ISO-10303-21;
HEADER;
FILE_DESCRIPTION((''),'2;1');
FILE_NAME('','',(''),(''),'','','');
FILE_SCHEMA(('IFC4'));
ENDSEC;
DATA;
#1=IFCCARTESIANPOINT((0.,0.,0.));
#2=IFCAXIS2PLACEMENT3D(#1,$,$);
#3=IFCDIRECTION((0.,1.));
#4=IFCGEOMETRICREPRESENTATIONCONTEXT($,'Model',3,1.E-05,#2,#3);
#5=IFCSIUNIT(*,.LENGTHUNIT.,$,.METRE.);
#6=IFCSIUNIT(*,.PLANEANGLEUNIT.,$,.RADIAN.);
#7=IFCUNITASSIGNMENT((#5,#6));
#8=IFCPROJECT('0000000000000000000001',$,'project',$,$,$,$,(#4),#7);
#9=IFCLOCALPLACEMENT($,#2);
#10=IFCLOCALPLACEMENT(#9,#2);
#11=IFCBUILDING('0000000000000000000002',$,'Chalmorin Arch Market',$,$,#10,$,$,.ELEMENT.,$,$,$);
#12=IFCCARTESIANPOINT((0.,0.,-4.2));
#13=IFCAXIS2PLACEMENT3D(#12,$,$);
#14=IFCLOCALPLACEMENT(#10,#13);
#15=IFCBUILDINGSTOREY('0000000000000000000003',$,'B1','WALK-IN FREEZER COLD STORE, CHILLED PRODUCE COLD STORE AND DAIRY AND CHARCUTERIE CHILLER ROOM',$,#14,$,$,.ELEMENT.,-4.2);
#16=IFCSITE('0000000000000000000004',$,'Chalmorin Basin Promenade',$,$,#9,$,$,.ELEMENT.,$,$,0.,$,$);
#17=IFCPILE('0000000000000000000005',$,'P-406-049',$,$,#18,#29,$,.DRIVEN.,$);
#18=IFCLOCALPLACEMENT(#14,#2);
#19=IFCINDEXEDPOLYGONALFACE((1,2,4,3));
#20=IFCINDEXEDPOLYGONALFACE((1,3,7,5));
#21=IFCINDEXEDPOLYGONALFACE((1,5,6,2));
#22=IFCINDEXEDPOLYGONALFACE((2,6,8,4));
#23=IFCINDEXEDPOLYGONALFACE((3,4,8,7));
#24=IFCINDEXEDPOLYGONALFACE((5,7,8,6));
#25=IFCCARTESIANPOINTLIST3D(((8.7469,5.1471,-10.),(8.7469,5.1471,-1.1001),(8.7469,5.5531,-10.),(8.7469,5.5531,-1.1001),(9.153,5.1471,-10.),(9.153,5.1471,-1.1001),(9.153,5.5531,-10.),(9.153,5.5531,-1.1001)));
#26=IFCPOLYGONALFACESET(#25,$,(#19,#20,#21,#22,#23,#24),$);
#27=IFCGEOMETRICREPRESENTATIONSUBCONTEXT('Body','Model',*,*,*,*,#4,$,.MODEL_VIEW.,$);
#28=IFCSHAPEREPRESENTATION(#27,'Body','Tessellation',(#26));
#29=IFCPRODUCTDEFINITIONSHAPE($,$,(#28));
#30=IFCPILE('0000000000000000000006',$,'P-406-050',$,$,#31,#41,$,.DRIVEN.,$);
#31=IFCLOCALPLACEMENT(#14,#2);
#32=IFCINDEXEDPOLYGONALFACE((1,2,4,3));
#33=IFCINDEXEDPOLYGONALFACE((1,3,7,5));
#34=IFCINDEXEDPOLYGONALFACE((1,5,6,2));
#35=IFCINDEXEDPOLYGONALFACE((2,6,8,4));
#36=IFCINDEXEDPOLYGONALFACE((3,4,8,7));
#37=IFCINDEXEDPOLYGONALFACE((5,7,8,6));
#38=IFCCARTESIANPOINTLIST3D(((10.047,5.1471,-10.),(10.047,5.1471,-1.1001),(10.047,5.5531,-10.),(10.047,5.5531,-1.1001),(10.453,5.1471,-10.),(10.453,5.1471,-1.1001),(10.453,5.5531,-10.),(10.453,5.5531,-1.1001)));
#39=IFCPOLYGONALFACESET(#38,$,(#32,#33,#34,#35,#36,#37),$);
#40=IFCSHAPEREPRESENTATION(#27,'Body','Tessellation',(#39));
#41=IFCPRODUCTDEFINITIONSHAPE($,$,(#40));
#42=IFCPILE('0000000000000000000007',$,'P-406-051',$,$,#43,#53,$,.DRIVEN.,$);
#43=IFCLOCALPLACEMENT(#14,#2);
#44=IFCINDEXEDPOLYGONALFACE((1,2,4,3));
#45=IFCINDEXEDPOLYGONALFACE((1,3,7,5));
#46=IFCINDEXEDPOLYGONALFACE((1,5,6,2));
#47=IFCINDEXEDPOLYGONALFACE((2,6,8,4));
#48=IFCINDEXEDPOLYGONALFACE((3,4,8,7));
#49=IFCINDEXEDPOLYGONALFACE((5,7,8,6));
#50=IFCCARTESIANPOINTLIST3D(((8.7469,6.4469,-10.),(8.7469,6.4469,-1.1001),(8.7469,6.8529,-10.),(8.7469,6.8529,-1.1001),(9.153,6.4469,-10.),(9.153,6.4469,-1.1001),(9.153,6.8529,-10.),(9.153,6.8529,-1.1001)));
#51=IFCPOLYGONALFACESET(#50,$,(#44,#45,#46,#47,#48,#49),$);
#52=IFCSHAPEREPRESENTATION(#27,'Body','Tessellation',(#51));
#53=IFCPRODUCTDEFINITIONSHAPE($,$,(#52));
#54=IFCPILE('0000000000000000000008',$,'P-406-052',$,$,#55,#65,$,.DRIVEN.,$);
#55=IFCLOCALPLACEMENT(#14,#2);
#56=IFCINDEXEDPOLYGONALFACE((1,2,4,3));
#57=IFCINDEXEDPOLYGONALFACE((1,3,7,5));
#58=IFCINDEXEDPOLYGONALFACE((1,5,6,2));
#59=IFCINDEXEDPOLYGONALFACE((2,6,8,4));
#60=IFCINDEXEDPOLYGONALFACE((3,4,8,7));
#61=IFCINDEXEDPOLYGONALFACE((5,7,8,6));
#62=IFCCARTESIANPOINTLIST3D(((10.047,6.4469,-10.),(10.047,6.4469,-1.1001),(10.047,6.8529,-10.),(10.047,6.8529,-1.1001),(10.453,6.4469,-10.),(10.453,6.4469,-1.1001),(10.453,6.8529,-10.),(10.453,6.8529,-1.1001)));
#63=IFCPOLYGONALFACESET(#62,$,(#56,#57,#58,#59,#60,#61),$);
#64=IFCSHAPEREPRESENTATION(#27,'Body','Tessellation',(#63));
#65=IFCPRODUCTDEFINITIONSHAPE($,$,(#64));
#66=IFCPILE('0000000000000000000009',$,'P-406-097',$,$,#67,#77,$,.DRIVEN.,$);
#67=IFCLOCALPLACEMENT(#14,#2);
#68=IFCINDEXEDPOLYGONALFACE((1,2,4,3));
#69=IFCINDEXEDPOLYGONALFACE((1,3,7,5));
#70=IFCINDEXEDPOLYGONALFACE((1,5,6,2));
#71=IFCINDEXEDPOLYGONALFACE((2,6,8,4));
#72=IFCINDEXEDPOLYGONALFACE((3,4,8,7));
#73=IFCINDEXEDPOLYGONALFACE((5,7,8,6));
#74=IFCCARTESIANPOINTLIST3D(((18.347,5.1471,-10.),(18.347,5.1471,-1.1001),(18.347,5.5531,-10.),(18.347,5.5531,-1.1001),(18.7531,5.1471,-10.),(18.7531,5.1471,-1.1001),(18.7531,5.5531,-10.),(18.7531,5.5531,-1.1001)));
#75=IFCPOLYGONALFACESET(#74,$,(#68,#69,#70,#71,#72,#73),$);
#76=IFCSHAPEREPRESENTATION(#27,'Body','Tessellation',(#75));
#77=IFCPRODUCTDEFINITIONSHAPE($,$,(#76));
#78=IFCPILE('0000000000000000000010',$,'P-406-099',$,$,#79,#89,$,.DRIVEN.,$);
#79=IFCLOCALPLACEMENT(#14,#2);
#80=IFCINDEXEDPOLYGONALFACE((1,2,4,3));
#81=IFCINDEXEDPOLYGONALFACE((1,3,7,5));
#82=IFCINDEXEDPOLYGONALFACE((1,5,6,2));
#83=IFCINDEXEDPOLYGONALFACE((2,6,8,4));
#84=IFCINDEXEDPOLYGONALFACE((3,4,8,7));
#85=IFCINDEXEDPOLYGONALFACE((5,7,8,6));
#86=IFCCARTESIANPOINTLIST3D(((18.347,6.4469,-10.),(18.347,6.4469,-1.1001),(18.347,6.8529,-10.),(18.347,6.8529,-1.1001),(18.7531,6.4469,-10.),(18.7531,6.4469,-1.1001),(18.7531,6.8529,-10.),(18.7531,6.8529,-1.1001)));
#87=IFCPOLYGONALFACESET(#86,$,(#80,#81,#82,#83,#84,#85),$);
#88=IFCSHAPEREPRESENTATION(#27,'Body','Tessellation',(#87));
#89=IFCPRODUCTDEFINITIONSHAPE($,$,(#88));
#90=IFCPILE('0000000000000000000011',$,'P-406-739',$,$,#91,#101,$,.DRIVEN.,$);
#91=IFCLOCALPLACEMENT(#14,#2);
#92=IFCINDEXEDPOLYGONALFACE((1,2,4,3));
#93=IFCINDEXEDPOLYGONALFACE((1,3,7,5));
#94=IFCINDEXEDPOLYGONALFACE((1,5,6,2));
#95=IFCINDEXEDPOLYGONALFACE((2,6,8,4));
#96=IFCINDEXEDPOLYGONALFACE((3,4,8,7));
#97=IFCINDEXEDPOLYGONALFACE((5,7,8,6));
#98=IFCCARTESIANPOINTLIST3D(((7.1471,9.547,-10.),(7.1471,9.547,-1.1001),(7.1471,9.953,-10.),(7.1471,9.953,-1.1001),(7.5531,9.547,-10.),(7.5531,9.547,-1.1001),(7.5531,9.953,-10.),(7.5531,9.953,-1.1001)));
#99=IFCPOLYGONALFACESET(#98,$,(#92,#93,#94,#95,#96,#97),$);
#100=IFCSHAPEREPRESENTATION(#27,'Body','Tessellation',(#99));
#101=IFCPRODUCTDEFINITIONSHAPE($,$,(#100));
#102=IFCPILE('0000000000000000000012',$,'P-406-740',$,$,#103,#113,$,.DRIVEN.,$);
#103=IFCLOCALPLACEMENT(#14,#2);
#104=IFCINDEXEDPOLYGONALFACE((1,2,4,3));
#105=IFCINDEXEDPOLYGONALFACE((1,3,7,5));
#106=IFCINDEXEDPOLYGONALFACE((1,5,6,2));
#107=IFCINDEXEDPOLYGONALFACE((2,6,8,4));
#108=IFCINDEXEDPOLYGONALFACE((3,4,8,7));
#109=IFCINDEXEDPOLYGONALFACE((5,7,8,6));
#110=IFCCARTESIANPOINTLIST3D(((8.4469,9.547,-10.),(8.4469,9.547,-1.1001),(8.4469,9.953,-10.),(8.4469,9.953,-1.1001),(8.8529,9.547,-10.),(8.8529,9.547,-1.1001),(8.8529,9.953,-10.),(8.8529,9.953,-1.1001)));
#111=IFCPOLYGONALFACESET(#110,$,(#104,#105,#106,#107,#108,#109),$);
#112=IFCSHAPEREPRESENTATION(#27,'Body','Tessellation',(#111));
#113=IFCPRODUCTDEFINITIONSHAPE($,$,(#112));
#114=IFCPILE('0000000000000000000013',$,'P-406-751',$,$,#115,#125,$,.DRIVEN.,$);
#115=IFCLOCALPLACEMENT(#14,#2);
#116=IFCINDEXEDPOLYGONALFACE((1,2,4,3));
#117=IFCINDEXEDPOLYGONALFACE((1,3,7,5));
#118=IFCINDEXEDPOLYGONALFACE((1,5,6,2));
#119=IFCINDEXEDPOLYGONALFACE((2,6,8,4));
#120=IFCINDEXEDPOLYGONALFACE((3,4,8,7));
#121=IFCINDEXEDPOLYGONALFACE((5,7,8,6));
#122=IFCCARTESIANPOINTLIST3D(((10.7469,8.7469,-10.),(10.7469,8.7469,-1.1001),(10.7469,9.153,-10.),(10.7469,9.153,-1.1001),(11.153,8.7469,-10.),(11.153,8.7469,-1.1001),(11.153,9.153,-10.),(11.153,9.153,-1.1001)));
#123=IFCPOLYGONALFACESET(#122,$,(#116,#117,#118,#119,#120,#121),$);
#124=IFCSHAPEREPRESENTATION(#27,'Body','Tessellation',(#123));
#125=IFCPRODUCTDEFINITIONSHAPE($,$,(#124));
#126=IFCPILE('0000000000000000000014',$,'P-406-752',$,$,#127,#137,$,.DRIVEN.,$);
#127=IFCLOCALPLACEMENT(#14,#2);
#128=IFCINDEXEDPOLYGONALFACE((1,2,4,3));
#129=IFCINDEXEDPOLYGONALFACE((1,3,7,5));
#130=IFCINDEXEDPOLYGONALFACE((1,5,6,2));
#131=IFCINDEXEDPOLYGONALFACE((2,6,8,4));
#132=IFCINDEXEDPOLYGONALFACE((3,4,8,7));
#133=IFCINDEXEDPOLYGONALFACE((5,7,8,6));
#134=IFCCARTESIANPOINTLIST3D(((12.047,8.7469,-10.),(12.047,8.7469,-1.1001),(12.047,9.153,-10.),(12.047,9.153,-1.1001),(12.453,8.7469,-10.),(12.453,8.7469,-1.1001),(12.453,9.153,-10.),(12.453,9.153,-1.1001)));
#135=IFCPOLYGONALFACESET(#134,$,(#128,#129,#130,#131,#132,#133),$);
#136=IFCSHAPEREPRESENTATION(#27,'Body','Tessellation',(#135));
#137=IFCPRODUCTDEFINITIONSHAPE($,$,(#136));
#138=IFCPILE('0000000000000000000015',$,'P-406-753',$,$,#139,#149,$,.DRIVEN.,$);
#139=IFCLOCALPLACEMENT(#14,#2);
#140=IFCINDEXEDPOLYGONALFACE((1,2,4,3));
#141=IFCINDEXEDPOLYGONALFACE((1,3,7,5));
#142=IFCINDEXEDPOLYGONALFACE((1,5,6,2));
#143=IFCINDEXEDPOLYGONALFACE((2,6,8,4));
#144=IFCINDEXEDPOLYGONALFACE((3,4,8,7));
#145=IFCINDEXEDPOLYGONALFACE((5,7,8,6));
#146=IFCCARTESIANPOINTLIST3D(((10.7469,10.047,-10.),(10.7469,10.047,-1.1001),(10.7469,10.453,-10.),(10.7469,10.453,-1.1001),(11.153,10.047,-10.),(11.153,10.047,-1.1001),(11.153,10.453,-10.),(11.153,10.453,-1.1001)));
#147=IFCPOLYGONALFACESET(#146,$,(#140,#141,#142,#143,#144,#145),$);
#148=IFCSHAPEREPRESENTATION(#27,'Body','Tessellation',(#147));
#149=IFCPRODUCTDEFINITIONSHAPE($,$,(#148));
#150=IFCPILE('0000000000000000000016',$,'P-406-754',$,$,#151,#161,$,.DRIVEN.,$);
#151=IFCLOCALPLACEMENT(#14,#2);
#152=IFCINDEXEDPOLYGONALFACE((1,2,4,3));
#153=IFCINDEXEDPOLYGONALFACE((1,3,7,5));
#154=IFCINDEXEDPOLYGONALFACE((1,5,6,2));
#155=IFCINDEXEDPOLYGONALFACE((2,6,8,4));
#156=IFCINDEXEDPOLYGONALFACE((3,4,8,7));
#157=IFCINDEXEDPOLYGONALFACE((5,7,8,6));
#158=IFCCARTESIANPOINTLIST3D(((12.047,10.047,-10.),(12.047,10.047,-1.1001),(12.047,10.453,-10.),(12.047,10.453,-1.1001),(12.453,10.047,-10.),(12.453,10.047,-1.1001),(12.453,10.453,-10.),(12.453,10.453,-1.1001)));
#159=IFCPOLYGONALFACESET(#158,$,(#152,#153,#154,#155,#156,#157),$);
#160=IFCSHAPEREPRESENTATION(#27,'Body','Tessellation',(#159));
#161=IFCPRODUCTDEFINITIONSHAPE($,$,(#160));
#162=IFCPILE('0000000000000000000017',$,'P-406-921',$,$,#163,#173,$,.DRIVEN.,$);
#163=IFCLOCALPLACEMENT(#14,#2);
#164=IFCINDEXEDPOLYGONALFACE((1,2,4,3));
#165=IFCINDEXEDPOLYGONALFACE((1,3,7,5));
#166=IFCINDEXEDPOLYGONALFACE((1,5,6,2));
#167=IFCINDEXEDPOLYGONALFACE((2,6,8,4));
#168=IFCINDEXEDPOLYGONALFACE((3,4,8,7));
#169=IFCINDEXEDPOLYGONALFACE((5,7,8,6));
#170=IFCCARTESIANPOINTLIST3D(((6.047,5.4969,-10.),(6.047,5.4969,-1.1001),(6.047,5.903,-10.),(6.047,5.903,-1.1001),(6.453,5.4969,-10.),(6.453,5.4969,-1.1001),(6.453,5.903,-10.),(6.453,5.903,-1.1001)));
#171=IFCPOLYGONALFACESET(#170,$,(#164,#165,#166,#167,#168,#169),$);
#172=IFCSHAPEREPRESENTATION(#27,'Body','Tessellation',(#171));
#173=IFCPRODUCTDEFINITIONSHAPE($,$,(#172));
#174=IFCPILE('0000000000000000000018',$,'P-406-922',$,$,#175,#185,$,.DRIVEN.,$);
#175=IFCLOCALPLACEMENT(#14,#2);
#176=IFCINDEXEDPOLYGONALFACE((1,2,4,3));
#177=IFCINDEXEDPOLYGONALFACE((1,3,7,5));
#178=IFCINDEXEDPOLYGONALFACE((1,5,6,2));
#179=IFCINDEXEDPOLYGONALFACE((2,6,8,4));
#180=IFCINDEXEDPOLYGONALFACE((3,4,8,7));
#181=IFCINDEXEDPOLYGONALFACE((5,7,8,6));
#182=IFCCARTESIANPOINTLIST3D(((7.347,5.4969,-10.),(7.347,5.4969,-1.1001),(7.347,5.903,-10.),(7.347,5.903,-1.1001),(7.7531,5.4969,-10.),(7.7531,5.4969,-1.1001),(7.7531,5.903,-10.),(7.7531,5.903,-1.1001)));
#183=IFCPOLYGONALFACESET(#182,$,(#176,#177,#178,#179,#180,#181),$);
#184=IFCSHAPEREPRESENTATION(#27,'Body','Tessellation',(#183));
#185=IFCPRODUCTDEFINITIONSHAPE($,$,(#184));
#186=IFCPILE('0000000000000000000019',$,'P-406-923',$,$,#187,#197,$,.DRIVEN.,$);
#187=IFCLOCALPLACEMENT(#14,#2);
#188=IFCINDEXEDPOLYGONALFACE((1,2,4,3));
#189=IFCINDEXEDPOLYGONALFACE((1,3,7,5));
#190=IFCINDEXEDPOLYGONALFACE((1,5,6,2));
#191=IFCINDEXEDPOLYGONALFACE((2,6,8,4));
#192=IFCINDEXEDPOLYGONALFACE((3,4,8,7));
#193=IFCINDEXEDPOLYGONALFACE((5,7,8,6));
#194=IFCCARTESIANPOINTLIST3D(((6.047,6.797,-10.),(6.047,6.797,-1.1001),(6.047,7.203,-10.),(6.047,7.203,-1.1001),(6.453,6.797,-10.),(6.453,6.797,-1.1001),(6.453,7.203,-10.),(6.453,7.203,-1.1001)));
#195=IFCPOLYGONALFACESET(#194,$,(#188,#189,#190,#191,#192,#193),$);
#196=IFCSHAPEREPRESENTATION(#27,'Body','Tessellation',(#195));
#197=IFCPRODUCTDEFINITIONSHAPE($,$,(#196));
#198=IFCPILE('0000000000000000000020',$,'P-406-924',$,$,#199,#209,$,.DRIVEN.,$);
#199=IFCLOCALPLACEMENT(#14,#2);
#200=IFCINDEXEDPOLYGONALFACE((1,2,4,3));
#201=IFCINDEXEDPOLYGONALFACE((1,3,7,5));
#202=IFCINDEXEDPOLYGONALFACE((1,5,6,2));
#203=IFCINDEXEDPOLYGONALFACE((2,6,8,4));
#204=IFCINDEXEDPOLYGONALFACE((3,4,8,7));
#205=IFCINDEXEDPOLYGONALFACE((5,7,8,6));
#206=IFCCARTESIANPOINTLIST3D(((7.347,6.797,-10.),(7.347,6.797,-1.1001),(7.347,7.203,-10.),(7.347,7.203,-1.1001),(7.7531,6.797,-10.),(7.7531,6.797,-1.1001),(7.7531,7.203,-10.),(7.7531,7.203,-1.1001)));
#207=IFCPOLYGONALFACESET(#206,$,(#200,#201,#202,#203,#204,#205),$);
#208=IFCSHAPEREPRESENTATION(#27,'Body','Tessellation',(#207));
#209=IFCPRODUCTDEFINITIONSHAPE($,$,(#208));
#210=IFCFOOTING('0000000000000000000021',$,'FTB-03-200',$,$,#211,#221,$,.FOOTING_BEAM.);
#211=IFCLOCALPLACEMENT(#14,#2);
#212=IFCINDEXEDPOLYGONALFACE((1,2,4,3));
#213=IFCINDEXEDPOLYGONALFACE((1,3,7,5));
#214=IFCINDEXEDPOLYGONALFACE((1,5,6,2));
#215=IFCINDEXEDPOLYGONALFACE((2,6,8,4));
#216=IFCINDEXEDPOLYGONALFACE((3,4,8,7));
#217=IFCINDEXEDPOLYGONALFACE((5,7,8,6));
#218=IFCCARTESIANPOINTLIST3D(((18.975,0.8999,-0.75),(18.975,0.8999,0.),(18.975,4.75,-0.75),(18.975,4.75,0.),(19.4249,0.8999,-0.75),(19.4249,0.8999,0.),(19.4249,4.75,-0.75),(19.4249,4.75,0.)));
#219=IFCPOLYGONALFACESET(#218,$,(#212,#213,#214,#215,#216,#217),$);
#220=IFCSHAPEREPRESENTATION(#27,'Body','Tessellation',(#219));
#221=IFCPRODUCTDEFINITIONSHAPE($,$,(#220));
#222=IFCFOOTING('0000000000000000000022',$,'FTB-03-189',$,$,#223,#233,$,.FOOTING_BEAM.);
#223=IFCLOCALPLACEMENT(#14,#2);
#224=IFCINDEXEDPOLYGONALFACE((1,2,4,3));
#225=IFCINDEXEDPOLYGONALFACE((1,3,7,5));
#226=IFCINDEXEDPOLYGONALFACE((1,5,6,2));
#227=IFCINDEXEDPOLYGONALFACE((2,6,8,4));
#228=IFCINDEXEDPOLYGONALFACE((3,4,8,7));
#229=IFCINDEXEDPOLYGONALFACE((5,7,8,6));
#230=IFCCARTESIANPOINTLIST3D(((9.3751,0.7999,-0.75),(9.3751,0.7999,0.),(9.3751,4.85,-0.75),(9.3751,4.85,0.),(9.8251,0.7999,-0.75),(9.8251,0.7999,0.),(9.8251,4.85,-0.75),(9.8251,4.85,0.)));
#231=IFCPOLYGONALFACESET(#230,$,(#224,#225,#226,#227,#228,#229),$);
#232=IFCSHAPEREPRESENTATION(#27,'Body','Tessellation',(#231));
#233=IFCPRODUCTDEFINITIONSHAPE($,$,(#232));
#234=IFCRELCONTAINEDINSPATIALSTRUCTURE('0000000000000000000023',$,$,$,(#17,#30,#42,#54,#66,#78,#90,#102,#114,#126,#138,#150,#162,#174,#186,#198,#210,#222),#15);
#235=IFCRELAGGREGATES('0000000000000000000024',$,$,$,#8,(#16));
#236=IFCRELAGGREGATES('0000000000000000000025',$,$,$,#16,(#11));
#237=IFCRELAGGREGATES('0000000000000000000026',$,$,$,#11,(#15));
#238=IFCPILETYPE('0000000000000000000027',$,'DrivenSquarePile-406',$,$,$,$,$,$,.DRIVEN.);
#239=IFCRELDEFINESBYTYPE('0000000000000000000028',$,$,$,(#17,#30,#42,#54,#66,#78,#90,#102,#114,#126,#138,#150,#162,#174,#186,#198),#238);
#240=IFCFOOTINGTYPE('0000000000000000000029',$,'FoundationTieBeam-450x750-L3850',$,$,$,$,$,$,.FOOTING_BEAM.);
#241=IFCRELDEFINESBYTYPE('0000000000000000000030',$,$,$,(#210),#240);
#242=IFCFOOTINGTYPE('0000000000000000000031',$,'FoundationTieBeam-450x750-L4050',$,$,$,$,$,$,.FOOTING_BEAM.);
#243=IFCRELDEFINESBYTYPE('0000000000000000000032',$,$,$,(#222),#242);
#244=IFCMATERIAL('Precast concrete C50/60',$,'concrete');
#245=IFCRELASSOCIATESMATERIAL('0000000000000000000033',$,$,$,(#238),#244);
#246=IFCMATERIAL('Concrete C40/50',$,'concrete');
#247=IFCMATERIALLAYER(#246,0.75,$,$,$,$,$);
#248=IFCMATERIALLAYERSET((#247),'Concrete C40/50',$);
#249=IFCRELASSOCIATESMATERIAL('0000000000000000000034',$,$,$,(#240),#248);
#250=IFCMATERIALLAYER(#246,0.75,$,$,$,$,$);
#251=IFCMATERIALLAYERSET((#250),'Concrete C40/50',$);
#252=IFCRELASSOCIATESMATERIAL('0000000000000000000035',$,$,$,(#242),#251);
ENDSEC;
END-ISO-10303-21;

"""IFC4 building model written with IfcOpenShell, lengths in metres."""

from ifc_helpers import new_model, si_unit, direction, frame, origin, origin_2d, place, context, subcontext, project, spatial, rectangle, extrude, material, layer, layer_set, material_profile, profile_set, type_object, element, save


model = new_model("IFC4")

# Units and contexts
model_context = context("Model", 3, precision=1e-05, world=origin(), true_north=direction((0.0, 1.0)))
body_context = subcontext(model_context, "Body", "Model", "MODEL_VIEW")
ifc_project = project(units=[si_unit("LENGTHUNIT", "METRE"), si_unit("PLANEANGLEUNIT", "RADIAN")], contexts=[model_context])

# Site, building, storey
site_placement = place(None, origin())
site = spatial("IfcSite", under=ifc_project, at=site_placement, Name="Chalmorin Basin Promenade", CompositionType="ELEMENT", RefElevation=0.0)
building_placement = place(site_placement, origin())
building = spatial("IfcBuilding", under=site, at=building_placement, Name="Chalmorin Arch Market", CompositionType="ELEMENT")
storey_placement = place(building_placement, frame((0.0, 0.0, -4.2)))
storey = spatial("IfcBuildingStorey", under=building, at=storey_placement, Name="B1", Description="WALK-IN FREEZER COLD STORE, CHILLED PRODUCE COLD STORE AND DAIRY AND CHARCUTERIE CHILLER ROOM", CompositionType="ELEMENT", Elevation=-4.2)

# Piles
ifc_material_1 = material(Name="Precast concrete C50/60", Category="concrete")
ifc_material_profile_1 = material_profile(ifc_material_1, rectangle(XDim=0.406, YDim=0.406, at=origin_2d()), Name="PPC406")
ifc_profile_set_1 = profile_set([ifc_material_profile_1], Name="Precast concrete C50/60")
pile_type = type_object("IfcPileType", Name="DrivenSquarePile-406", PredefinedType="DRIVEN", material=ifc_profile_set_1)
for number, where, z_axis, x_axis, name in (
    (1, (8.95, 5.3501, -1.1001), (0.0, 0.0, -1.0), (1.0, 0.0, 0.0), "P-406-049"),
    (2, (10.25, 5.3501, -1.1001), (0.0, 0.0, -1.0), (1.0, 0.0, 0.0), "P-406-050"),
    (3, (8.95, 6.6499, -1.1001), (0.0, 0.0, -1.0), (1.0, 0.0, 0.0), "P-406-051"),
    (4, (10.25, 6.6499, -1.1001), (0.0, 0.0, -1.0), (1.0, 0.0, 0.0), "P-406-052"),
    (5, (18.55, 5.3501, -1.1001), (0.0, 0.0, -1.0), (1.0, 0.0, 0.0), "P-406-097"),
    (6, (18.55, 6.6499, -1.1001), (0.0, 0.0, -1.0), (1.0, 0.0, 0.0), "P-406-099"),
    (7, (7.3501, 9.75, -1.1001), (0.0, 0.0, -1.0), (1.0, 0.0, 0.0), "P-406-739"),
    (8, (8.6499, 9.75, -1.1001), (0.0, 0.0, -1.0), (1.0, 0.0, 0.0), "P-406-740"),
    (9, (10.95, 8.95, -1.1001), (0.0, 0.0, -1.0), (1.0, 0.0, 0.0), "P-406-751"),
    (10, (12.25, 8.95, -1.1001), (0.0, 0.0, -1.0), (1.0, 0.0, 0.0), "P-406-752"),
    (11, (10.95, 10.25, -1.1001), (0.0, 0.0, -1.0), (1.0, 0.0, 0.0), "P-406-753"),
    (12, (12.25, 10.25, -1.1001), (0.0, 0.0, -1.0), (1.0, 0.0, 0.0), "P-406-754"),
    (13, (6.25, 5.7, -1.1001), (0.0, 0.0, -1.0), (1.0, 0.0, 0.0), "P-406-921"),
    (14, (7.55, 5.7, -1.1001), (0.0, 0.0, -1.0), (1.0, 0.0, 0.0), "P-406-922"),
    (15, (6.25, 7.0, -1.1001), (0.0, 0.0, -1.0), (1.0, 0.0, 0.0), "P-406-923"),
    (16, (7.55, 7.0, -1.1001), (0.0, 0.0, -1.0), (1.0, 0.0, 0.0), "P-406-924"),
):
    element("IfcPile", number, at=place(storey_placement, frame(where, z_axis=z_axis, x_axis=x_axis)), inside=storey, type_object=pile_type, Name=name, PredefinedType="DRIVEN", context=body_context, shape_type="SweptSolid", body=[
        extrude(rectangle(XDim=0.406, YDim=0.406, at=origin_2d()), origin(), (0.0, 0.0, 1.0), 8.8999),
    ])

# Footings
ifc_material_2 = material(Name="Concrete C40/50", Category="concrete")
ifc_layer_1 = layer(ifc_material_2, 0.75)
ifc_layer_set_1 = layer_set([ifc_layer_1], Name="Concrete C40/50")
footing_type_1 = type_object("IfcFootingType", Name="FoundationTieBeam-450x750-L3850", PredefinedType="FOOTING_BEAM", material=ifc_layer_set_1)
footing_1_placement = place(storey_placement, frame((19.2, 2.825, -0.75), z_axis=(0.0, 0.0, 1.0), x_axis=(0.0, 1.0, 0.0)))
element("IfcFooting", 17, at=footing_1_placement, inside=storey, type_object=footing_type_1, Name="FTB-03-200", PredefinedType="FOOTING_BEAM", context=body_context, shape_type="SweptSolid", body=[
    extrude(rectangle(XDim=3.8501, YDim=0.45, at=origin_2d()), origin(), (0.0, 0.0, 1.0), 0.75),
])
ifc_layer_2 = layer(ifc_material_2, 0.75)
ifc_layer_set_2 = layer_set([ifc_layer_2], Name="Concrete C40/50")
footing_type_2 = type_object("IfcFootingType", Name="FoundationTieBeam-450x750-L4050", PredefinedType="FOOTING_BEAM", material=ifc_layer_set_2)
footing_2_placement = place(storey_placement, frame((9.6001, 2.825, -0.75), z_axis=(0.0, 0.0, 1.0), x_axis=(0.0, 1.0, 0.0)))
element("IfcFooting", 18, at=footing_2_placement, inside=storey, type_object=footing_type_2, Name="FTB-03-189", PredefinedType="FOOTING_BEAM", context=body_context, shape_type="SweptSolid", body=[
    extrude(rectangle(XDim=4.05, YDim=0.45, at=origin_2d()), origin(), (0.0, 0.0, 1.0), 0.75),
])

save(model, "model.ifc")
